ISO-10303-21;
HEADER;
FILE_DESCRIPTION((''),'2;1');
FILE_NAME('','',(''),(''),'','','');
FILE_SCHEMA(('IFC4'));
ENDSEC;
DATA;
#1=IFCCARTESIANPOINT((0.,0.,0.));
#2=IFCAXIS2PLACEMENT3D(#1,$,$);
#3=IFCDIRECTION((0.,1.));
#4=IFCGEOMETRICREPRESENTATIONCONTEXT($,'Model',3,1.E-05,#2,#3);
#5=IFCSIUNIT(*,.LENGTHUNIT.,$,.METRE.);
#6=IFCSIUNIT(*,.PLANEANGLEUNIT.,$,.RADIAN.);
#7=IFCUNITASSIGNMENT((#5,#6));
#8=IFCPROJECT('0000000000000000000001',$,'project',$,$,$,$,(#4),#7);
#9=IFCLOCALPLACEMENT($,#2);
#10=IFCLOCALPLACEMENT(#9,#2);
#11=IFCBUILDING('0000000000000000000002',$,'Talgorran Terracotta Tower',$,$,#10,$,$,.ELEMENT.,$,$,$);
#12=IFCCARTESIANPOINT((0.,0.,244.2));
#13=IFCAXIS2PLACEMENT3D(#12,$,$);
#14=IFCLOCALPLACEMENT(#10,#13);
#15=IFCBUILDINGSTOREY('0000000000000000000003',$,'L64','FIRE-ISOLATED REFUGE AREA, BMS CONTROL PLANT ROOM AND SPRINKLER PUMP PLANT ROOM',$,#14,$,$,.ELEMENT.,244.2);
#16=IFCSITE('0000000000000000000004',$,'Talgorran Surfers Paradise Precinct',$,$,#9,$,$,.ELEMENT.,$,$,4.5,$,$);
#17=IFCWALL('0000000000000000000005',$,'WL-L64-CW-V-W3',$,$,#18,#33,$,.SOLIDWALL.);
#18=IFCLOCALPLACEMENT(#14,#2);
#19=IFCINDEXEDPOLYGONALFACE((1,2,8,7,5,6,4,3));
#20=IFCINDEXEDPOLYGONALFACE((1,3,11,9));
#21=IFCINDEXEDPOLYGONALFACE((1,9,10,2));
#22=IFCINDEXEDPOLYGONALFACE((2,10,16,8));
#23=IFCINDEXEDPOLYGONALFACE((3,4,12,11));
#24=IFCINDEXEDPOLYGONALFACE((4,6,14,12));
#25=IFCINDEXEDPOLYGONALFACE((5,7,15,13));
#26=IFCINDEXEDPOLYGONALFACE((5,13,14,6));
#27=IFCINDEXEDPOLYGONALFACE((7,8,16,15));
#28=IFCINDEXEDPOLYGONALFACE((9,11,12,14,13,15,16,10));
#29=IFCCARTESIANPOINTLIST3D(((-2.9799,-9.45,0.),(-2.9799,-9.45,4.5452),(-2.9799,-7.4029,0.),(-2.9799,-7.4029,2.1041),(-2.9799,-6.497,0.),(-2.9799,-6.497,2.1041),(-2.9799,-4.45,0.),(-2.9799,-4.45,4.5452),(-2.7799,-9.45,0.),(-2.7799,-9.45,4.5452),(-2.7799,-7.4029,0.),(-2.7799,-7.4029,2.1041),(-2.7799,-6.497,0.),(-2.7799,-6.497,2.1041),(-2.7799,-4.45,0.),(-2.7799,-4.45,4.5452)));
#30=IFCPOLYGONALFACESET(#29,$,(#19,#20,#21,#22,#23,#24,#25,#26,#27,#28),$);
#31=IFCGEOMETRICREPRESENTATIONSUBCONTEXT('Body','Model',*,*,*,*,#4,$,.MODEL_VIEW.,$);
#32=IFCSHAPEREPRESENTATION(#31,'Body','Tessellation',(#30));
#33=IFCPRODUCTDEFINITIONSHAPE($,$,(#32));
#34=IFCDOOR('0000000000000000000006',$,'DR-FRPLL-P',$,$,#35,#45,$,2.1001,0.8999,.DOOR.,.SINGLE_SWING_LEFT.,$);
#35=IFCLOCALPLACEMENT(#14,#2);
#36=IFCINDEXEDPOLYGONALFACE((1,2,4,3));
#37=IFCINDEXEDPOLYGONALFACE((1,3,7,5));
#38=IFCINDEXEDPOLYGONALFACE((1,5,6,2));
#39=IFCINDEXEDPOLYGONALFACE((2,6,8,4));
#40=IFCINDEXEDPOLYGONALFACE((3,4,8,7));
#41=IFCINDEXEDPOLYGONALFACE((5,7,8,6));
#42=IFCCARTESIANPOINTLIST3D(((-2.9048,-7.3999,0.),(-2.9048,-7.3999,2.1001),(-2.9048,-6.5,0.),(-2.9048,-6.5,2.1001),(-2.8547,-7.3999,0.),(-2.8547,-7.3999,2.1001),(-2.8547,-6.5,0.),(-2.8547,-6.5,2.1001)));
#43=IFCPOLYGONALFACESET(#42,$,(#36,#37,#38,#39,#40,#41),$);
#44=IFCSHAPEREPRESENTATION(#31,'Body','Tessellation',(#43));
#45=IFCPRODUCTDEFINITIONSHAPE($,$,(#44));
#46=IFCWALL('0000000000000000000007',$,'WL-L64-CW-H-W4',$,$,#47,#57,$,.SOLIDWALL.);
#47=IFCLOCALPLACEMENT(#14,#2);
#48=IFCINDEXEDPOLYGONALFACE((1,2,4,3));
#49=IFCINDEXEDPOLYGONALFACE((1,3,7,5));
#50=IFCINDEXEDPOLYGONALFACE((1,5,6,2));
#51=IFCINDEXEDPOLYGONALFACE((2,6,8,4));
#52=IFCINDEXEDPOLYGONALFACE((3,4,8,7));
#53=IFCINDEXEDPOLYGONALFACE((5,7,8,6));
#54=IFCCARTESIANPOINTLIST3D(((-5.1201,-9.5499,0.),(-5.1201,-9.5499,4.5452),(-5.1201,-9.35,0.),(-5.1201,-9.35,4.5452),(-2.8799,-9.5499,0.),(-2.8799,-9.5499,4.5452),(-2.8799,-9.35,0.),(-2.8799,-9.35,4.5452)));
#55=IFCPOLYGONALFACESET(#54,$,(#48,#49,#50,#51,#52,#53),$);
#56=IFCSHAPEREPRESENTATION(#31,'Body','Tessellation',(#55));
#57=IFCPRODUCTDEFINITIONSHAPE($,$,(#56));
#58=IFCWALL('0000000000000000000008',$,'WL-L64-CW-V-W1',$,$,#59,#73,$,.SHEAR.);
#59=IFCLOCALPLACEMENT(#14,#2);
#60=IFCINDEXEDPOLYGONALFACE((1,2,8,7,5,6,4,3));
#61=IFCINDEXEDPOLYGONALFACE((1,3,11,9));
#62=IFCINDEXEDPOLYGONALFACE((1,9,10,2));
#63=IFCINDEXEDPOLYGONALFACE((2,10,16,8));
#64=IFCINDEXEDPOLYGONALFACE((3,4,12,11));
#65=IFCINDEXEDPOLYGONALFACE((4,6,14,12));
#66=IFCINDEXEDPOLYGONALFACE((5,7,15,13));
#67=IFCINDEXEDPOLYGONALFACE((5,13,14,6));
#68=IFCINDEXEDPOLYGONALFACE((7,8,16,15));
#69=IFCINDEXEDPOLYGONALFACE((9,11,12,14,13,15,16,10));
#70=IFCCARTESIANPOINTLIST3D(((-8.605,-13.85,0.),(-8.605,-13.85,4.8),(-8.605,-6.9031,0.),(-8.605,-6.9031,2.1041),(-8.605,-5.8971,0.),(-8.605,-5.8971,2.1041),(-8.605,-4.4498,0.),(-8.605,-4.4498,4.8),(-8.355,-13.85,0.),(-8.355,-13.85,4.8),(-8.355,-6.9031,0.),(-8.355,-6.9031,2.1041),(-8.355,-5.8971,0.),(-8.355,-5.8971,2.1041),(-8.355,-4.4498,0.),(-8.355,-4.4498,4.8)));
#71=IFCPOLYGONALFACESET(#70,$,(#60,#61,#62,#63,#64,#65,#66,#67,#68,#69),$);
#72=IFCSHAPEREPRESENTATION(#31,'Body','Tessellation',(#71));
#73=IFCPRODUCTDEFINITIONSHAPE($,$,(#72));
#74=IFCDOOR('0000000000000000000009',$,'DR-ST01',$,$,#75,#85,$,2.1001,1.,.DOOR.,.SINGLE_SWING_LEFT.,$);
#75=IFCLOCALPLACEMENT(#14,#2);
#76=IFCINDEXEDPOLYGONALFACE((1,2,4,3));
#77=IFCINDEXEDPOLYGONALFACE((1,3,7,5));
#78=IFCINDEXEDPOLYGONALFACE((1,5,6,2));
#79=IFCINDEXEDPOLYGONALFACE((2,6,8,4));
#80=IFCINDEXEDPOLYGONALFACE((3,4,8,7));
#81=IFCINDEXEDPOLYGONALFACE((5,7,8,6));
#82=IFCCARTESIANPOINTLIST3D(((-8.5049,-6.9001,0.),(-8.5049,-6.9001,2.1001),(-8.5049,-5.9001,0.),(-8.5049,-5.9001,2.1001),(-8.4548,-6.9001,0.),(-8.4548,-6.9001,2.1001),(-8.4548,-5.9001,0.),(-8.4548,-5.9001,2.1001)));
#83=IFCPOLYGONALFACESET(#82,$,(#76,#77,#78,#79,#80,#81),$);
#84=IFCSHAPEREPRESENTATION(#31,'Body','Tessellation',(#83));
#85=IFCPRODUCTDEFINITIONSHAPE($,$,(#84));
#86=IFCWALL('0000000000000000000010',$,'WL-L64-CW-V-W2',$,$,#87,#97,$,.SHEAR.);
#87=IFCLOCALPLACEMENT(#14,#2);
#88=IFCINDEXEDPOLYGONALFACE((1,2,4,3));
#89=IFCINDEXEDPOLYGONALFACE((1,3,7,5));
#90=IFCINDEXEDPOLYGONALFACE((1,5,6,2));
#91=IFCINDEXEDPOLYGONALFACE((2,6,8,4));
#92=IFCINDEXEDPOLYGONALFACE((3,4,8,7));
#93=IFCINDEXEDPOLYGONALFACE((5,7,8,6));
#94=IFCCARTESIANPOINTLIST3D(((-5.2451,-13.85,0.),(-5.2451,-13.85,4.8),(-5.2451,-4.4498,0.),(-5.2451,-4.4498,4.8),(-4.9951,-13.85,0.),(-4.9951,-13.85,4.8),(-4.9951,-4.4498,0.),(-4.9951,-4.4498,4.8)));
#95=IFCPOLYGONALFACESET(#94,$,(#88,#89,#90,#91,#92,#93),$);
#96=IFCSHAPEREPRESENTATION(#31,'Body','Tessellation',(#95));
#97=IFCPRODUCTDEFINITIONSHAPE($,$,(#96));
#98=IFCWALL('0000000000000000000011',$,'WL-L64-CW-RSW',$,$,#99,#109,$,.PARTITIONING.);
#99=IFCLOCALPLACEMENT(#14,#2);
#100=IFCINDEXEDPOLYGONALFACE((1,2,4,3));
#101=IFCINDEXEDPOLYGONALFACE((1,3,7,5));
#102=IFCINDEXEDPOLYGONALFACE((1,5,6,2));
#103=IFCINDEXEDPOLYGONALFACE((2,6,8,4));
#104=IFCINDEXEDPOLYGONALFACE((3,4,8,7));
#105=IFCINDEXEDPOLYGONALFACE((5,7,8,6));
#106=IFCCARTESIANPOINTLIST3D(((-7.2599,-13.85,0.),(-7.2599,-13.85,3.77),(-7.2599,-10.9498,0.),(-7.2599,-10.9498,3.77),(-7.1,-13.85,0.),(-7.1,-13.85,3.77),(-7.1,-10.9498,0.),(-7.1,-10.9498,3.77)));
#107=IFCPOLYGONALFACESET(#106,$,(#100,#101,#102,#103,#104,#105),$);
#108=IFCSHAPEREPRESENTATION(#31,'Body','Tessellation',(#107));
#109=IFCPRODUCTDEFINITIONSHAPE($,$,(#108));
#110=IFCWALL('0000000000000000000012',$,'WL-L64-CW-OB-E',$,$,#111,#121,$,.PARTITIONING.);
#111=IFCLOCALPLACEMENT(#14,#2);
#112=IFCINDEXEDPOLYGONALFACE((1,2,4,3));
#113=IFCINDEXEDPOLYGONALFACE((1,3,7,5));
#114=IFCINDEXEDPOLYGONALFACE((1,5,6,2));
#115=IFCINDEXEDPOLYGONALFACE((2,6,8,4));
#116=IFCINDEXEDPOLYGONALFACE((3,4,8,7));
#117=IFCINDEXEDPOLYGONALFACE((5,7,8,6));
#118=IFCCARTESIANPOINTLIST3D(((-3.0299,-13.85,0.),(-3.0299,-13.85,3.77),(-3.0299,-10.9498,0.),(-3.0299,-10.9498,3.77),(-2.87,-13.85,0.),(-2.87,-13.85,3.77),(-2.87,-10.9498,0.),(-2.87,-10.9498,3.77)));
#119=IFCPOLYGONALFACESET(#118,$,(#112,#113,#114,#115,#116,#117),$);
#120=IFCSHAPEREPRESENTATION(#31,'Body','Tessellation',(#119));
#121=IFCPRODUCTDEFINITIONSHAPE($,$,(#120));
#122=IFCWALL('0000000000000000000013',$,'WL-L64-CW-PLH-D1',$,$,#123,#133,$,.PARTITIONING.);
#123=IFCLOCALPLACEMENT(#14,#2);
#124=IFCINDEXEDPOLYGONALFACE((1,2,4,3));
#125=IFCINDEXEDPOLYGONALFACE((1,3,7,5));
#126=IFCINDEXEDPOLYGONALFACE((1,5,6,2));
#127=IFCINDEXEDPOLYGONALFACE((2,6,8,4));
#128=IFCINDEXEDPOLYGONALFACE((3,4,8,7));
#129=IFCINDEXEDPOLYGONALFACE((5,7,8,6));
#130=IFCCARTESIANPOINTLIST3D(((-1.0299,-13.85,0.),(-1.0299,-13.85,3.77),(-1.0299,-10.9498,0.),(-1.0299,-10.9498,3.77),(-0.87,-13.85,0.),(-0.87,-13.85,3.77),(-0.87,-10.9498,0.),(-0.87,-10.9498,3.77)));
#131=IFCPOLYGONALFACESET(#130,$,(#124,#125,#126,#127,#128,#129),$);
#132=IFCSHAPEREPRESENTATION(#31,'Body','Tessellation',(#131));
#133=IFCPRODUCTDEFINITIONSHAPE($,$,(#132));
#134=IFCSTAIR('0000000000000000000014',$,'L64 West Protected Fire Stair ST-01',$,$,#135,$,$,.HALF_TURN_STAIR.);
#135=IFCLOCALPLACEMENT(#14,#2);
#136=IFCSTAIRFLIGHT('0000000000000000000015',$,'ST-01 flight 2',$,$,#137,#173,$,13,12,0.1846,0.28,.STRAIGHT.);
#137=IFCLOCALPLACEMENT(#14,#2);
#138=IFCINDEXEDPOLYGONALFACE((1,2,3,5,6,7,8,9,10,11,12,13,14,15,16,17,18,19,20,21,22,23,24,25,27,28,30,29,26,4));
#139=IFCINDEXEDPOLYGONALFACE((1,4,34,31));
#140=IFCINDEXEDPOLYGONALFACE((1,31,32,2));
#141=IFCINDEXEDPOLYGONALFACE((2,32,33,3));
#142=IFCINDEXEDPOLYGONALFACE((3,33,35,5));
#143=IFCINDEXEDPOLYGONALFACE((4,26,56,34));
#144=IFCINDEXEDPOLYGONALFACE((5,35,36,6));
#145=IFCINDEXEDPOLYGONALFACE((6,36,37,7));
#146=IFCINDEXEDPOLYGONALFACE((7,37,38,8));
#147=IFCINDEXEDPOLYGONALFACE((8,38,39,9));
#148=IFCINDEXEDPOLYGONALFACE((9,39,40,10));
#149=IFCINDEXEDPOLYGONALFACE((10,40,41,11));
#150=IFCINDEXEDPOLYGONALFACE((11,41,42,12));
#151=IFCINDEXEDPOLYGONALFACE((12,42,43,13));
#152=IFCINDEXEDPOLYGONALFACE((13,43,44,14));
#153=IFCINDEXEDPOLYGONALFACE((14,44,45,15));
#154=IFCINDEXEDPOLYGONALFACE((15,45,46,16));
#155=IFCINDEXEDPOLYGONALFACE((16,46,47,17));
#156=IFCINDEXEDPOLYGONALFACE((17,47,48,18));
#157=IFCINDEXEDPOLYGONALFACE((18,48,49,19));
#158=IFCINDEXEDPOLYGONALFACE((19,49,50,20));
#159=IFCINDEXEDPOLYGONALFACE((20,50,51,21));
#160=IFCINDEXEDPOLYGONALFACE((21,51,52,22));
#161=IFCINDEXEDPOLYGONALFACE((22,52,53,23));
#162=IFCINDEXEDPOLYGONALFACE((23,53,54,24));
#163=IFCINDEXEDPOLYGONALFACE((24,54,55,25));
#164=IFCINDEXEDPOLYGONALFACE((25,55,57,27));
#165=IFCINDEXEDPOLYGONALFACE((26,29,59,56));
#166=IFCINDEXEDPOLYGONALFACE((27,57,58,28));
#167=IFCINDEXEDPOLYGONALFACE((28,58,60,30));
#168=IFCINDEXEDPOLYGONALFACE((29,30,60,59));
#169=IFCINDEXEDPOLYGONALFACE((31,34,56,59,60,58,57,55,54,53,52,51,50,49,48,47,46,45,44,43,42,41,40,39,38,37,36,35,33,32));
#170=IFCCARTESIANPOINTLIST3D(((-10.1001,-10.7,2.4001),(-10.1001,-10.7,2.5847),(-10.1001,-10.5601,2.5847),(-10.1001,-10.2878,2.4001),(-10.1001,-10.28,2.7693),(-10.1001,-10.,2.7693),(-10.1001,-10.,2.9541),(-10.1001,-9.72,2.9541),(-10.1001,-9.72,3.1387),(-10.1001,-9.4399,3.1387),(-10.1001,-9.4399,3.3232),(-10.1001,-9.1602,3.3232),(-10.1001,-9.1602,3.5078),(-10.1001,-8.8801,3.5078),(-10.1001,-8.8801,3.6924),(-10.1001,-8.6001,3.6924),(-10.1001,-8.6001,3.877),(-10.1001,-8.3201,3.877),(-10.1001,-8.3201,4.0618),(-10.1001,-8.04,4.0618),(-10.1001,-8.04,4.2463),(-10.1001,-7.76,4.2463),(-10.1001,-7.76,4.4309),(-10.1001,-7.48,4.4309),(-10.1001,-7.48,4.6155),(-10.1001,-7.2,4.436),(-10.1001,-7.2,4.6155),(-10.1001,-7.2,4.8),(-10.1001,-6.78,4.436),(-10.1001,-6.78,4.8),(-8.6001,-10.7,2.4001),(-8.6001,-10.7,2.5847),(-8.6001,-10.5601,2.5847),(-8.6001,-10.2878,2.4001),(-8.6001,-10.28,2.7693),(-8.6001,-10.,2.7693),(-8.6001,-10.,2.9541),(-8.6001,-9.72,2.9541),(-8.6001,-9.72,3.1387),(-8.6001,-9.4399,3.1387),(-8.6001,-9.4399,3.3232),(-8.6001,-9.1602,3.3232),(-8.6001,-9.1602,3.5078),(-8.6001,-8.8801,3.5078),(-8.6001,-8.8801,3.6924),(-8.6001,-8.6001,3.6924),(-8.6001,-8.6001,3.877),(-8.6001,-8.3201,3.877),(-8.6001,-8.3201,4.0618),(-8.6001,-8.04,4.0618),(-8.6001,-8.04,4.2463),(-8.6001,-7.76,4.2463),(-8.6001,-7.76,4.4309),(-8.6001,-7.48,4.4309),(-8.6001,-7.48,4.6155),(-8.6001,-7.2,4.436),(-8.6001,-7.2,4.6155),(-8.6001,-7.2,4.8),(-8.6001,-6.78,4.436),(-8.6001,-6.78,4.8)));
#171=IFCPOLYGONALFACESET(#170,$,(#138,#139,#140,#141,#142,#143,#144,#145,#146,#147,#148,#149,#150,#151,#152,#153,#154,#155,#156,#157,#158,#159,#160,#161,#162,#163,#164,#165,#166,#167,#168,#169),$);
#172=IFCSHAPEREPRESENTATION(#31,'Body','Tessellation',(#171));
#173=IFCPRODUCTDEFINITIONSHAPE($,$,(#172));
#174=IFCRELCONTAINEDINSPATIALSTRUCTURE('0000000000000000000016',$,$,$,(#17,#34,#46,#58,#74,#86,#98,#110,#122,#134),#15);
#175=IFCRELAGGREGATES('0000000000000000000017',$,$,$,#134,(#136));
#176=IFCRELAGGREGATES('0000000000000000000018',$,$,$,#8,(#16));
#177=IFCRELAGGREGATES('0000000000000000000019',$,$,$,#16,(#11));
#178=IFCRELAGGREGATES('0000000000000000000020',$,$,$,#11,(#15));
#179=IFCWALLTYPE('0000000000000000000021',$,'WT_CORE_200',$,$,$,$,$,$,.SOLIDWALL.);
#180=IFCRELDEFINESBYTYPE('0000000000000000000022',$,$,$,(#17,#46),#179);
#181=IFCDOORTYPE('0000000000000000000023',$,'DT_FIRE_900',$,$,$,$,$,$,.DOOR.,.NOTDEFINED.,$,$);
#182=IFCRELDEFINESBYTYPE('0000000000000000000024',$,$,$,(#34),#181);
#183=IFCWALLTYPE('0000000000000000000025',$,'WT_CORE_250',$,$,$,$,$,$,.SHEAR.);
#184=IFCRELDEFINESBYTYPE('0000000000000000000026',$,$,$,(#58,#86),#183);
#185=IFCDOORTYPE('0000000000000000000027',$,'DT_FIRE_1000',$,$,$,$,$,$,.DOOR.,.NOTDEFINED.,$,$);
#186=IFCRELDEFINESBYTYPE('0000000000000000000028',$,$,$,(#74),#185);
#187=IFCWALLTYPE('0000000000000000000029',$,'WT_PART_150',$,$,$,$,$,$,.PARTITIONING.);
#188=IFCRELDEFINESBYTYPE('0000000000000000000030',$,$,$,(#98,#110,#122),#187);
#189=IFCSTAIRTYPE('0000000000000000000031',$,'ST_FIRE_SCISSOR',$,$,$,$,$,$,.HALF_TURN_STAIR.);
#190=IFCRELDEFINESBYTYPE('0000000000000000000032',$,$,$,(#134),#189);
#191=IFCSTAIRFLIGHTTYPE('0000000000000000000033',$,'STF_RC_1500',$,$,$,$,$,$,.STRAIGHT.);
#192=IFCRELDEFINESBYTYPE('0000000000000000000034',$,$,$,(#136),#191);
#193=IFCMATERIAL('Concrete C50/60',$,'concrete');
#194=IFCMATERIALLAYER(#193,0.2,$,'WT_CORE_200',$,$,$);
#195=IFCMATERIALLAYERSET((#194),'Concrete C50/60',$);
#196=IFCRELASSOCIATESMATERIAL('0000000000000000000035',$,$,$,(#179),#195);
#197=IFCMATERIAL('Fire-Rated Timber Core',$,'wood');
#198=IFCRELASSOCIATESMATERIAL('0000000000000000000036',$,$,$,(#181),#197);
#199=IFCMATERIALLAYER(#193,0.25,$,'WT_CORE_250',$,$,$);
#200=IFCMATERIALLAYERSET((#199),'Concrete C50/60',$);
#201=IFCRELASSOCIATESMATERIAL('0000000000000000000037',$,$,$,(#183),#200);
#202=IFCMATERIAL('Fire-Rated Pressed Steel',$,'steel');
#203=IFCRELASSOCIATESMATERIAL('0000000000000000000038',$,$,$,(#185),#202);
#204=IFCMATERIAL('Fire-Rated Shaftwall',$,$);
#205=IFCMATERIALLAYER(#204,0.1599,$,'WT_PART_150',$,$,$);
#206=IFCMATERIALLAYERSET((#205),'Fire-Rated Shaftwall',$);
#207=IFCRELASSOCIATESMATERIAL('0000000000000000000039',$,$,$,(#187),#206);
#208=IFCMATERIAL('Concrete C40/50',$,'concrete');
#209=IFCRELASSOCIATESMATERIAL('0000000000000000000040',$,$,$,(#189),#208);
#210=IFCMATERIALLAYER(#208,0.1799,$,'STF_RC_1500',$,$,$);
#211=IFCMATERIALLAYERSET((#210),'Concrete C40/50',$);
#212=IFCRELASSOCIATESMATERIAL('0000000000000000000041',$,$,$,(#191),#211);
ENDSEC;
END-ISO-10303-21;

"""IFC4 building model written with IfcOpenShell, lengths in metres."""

from ifc_helpers import new_model, si_unit, direction, frame, frame_2d, origin, place, context, subcontext, project, spatial, polyline, rectangle, outline, extrude, material, layer, layer_set, type_object, element, fill, aggregate, save


model = new_model("IFC4")

# Units and contexts
model_context = context("Model", 3, precision=1e-05, world=origin(), true_north=direction((0.0, 1.0)))
body_context = subcontext(model_context, "Body", "Model", "MODEL_VIEW")
ifc_project = project(units=[si_unit("LENGTHUNIT", "METRE"), si_unit("PLANEANGLEUNIT", "RADIAN")], contexts=[model_context])

# Site, building, storey
site_placement = place(None, origin())
site = spatial("IfcSite", under=ifc_project, at=site_placement, Name="Talgorran Surfers Paradise Precinct", CompositionType="ELEMENT", RefElevation=4.5)
building_placement = place(site_placement, origin())
building = spatial("IfcBuilding", under=site, at=building_placement, Name="Talgorran Terracotta Tower", CompositionType="ELEMENT")
storey_placement = place(building_placement, frame((0.0, 0.0, 244.2)))
storey = spatial("IfcBuildingStorey", under=building, at=storey_placement, Name="L64", Description="FIRE-ISOLATED REFUGE AREA, BMS CONTROL PLANT ROOM AND SPRINKLER PUMP PLANT ROOM", CompositionType="ELEMENT", Elevation=244.2)

# Shared definitions
ifc_material_1 = material(Name="Concrete C50/60", Category="concrete")

# Shared definitions
ifc_layer_1 = layer(ifc_material_1, 0.2, Name="WT_CORE_200")
ifc_layer_set_1 = layer_set([ifc_layer_1], Name="Concrete C50/60")
wall_type_1 = type_object("IfcWallType", Name="WT_CORE_200", PredefinedType="SOLIDWALL", material=ifc_layer_set_1)
ifc_material_2 = material(Name="Fire-Rated Pressed Steel", Category="steel")

# Wall, opening, door
wall_1_placement = place(storey_placement, frame((-2.8799, -9.45, 0.0), z_axis=(0.0, 0.0, 1.0), x_axis=(0.0, 1.0, 0.0)))
wall_1 = element("IfcWall", 1, at=wall_1_placement, inside=storey, type_object=wall_type_1, Name="WL-L64-CW-V-W3", PredefinedType="SOLIDWALL", context=body_context, shape_type="SweptSolid", body=[
    extrude(rectangle(XDim=5.0, YDim=0.2, at=frame_2d((2.5, 0.0))), origin(), (0.0, 0.0, 1.0), 4.5452),
])
opening_1_placement = place(wall_1_placement, frame((2.05, 0.0, 0.0)))
opening_1 = element("IfcOpeningElement", 2, at=opening_1_placement, cuts=wall_1, PredefinedType="OPENING", context=body_context, shape_type="SweptSolid", body=[
    extrude(rectangle(XDim=0.9059, YDim=2.1041, at=frame_2d((0.45, 1.052))), frame((0.0, 0.1099, 0.0), z_axis=(0.0, -1.0, 0.0), x_axis=(1.0, 0.0, 0.0)), (0.0, 0.0, 1.0), 0.22),
])
ifc_material_3 = material(Name="Fire-Rated Timber Core", Category="wood")
door_type_1 = type_object("IfcDoorType", Name="DT_FIRE_900", OperationType="NOTDEFINED", PredefinedType="DOOR", material=ifc_material_3)
door_1_placement = place(opening_1_placement, origin())
door_1 = element("IfcDoor", 3, at=door_1_placement, inside=storey, type_object=door_type_1, Name="DR-FRPLL-P", OperationType="SINGLE_SWING_LEFT", OverallHeight=2.1001, OverallWidth=0.8999, PredefinedType="DOOR", context=body_context, shape_type="SweptSolid", body=[
    extrude(rectangle(XDim=0.8999, YDim=2.1001, at=frame_2d((0.45, 1.05))), frame((0.0, 0.0249, 0.0), z_axis=(0.0, -1.0, 0.0), x_axis=(1.0, 0.0, 0.0)), (0.0, 0.0, 1.0), 0.05),
])
fill(opening_1, door_1)

# Wall
wall_2_placement = place(storey_placement, frame((-5.1201, -9.45, 0.0), z_axis=(0.0, 0.0, 1.0), x_axis=(1.0, 0.0, 0.0)))
element("IfcWall", 4, at=wall_2_placement, inside=storey, type_object=wall_type_1, Name="WL-L64-CW-H-W4", PredefinedType="SOLIDWALL", context=body_context, shape_type="SweptSolid", body=[
    extrude(rectangle(XDim=2.2402, YDim=0.2, at=frame_2d((1.1201, 0.0))), origin(), (0.0, 0.0, 1.0), 4.5452),
])

# Wall, opening, door
ifc_layer_2 = layer(ifc_material_1, 0.25, Name="WT_CORE_250")
ifc_layer_set_2 = layer_set([ifc_layer_2], Name="Concrete C50/60")
wall_type_2 = type_object("IfcWallType", Name="WT_CORE_250", PredefinedType="SHEAR", material=ifc_layer_set_2)
wall_3_placement = place(storey_placement, frame((-8.48, -13.8501, 0.0), z_axis=(0.0, 0.0, 1.0), x_axis=(0.0, 1.0, 0.0)))
wall_3 = element("IfcWall", 5, at=wall_3_placement, inside=storey, type_object=wall_type_2, Name="WL-L64-CW-V-W1", PredefinedType="SHEAR", context=body_context, shape_type="SweptSolid", body=[
    extrude(rectangle(XDim=9.4001, YDim=0.25, at=frame_2d((4.7002, 0.0))), origin(), (0.0, 0.0, 1.0), 4.8),
])
opening_2_placement = place(wall_3_placement, frame((6.95, 0.0, 0.0)))
opening_2 = element("IfcOpeningElement", 6, at=opening_2_placement, cuts=wall_3, PredefinedType="OPENING", context=body_context, shape_type="SweptSolid", body=[
    extrude(rectangle(XDim=1.006, YDim=2.1041, at=frame_2d((0.5, 1.052))), frame((0.0, 0.135, 0.0), z_axis=(0.0, -1.0, 0.0), x_axis=(1.0, 0.0, 0.0)), (0.0, 0.0, 1.0), 0.27),
])
door_type_2 = type_object("IfcDoorType", Name="DT_FIRE_1000", OperationType="NOTDEFINED", PredefinedType="DOOR", material=ifc_material_2)
door_2_placement = place(opening_2_placement, origin())
door_2 = element("IfcDoor", 7, at=door_2_placement, inside=storey, type_object=door_type_2, Name="DR-ST01", OperationType="SINGLE_SWING_LEFT", OverallHeight=2.1001, OverallWidth=1.0, PredefinedType="DOOR", context=body_context, shape_type="SweptSolid", body=[
    extrude(rectangle(XDim=1.0, YDim=2.1001, at=frame_2d((0.5, 1.05))), frame((0.0, 0.0249, 0.0), z_axis=(0.0, -1.0, 0.0), x_axis=(1.0, 0.0, 0.0)), (0.0, 0.0, 1.0), 0.05),
])
fill(opening_2, door_2)

# Walls
wall_4_placement = place(storey_placement, frame((-5.1201, -13.8501, 0.0), z_axis=(0.0, 0.0, 1.0), x_axis=(0.0, 1.0, 0.0)))
element("IfcWall", 8, at=wall_4_placement, inside=storey, type_object=wall_type_2, Name="WL-L64-CW-V-W2", PredefinedType="SHEAR", context=body_context, shape_type="SweptSolid", body=[
    extrude(rectangle(XDim=9.4001, YDim=0.25, at=frame_2d((4.7002, 0.0))), origin(), (0.0, 0.0, 1.0), 4.8),
])
ifc_material_4 = material(Name="Fire-Rated Shaftwall")
ifc_layer_3 = layer(ifc_material_4, 0.1599, Name="WT_PART_150")
ifc_layer_set_3 = layer_set([ifc_layer_3], Name="Fire-Rated Shaftwall")
wall_type_3 = type_object("IfcWallType", Name="WT_PART_150", PredefinedType="PARTITIONING", material=ifc_layer_set_3)
for number, where, z_axis, x_axis, name in (
    (9, (-7.1799, -13.8501, 0.0), (0.0, 0.0, 1.0), (0.0, 1.0, 0.0), "WL-L64-CW-RSW"),
    (10, (-2.95, -13.8501, 0.0), (0.0, 0.0, 1.0), (0.0, 1.0, 0.0), "WL-L64-CW-OB-E"),
    (11, (-0.95, -13.8501, 0.0), (0.0, 0.0, 1.0), (0.0, 1.0, 0.0), "WL-L64-CW-PLH-D1"),
):
    element("IfcWall", number, at=place(storey_placement, frame(where, z_axis=z_axis, x_axis=x_axis)), inside=storey, type_object=wall_type_3, Name=name, PredefinedType="PARTITIONING", context=body_context, shape_type="SweptSolid", body=[
        extrude(rectangle(XDim=2.9001, YDim=0.1599, at=frame_2d((1.4502, 0.0))), origin(), (0.0, 0.0, 1.0), 3.77),
    ])

# Stair, stair flight
ifc_material_5 = material(Name="Concrete C40/50", Category="concrete")
stair_type = type_object("IfcStairType", Name="ST_FIRE_SCISSOR", PredefinedType="HALF_TURN_STAIR", material=ifc_material_5)
stair_placement = place(storey_placement, origin())
stair = element("IfcStair", 12, at=stair_placement, inside=storey, type_object=stair_type, Name="L64 West Protected Fire Stair ST-01", PredefinedType="HALF_TURN_STAIR")
ifc_layer_4 = layer(ifc_material_5, 0.1799, Name="STF_RC_1500")
ifc_layer_set_4 = layer_set([ifc_layer_4], Name="Concrete C40/50")
stair_flight_type = type_object("IfcStairFlightType", Name="STF_RC_1500", PredefinedType="STRAIGHT", material=ifc_layer_set_4)
stair_flight_placement = place(storey_placement, frame((-9.3501, -10.5601, 2.4001), z_axis=(0.0, 0.0, 1.0), x_axis=(0.0, 1.0, 0.0)))
stair_flight = element("IfcStairFlight", 13, at=stair_flight_placement, type_object=stair_flight_type, Name="ST-01 flight 2", NumberOfRisers=13, NumberOfTreads=12, PredefinedType="STRAIGHT", RiserHeight=0.1846, TreadLength=0.28, context=body_context, shape_type="SweptSolid", body=[
    extrude(outline(polyline([(-0.1399, 0.0), (-0.1399, 0.1846), (0.0, 0.1846), (0.28, 0.3691), (0.5601, 0.3691), (0.5601, 0.554), (0.8401, 0.554), (0.8401, 0.7385), (1.1201, 0.7385), (1.1201, 0.9231), (1.3999, 0.9231), (1.3999, 1.1077), (1.6799, 1.1077), (1.6799, 1.2922), (1.96, 1.2922), (1.96, 1.4768), (2.24, 1.4768), (2.24, 1.6616), (2.52, 1.6616), (2.52, 1.8462), (2.8, 1.8462), (2.8, 2.0308), (3.0801, 2.0308), (3.0801, 2.2153), (3.3601, 2.2153), (3.3601, 2.3999), (3.78, 2.3999), (3.78, 2.0359), (3.3601, 2.0359), (0.2722, 0.0), (-0.1399, 0.0)])), frame((0.0, 0.75, 0.0), z_axis=(0.0, -1.0, 0.0), x_axis=(1.0, 0.0, 0.0)), (0.0, 0.0, 1.0), 1.5),
])
aggregate(stair, [stair_flight])

save(model, "model.ifc")
